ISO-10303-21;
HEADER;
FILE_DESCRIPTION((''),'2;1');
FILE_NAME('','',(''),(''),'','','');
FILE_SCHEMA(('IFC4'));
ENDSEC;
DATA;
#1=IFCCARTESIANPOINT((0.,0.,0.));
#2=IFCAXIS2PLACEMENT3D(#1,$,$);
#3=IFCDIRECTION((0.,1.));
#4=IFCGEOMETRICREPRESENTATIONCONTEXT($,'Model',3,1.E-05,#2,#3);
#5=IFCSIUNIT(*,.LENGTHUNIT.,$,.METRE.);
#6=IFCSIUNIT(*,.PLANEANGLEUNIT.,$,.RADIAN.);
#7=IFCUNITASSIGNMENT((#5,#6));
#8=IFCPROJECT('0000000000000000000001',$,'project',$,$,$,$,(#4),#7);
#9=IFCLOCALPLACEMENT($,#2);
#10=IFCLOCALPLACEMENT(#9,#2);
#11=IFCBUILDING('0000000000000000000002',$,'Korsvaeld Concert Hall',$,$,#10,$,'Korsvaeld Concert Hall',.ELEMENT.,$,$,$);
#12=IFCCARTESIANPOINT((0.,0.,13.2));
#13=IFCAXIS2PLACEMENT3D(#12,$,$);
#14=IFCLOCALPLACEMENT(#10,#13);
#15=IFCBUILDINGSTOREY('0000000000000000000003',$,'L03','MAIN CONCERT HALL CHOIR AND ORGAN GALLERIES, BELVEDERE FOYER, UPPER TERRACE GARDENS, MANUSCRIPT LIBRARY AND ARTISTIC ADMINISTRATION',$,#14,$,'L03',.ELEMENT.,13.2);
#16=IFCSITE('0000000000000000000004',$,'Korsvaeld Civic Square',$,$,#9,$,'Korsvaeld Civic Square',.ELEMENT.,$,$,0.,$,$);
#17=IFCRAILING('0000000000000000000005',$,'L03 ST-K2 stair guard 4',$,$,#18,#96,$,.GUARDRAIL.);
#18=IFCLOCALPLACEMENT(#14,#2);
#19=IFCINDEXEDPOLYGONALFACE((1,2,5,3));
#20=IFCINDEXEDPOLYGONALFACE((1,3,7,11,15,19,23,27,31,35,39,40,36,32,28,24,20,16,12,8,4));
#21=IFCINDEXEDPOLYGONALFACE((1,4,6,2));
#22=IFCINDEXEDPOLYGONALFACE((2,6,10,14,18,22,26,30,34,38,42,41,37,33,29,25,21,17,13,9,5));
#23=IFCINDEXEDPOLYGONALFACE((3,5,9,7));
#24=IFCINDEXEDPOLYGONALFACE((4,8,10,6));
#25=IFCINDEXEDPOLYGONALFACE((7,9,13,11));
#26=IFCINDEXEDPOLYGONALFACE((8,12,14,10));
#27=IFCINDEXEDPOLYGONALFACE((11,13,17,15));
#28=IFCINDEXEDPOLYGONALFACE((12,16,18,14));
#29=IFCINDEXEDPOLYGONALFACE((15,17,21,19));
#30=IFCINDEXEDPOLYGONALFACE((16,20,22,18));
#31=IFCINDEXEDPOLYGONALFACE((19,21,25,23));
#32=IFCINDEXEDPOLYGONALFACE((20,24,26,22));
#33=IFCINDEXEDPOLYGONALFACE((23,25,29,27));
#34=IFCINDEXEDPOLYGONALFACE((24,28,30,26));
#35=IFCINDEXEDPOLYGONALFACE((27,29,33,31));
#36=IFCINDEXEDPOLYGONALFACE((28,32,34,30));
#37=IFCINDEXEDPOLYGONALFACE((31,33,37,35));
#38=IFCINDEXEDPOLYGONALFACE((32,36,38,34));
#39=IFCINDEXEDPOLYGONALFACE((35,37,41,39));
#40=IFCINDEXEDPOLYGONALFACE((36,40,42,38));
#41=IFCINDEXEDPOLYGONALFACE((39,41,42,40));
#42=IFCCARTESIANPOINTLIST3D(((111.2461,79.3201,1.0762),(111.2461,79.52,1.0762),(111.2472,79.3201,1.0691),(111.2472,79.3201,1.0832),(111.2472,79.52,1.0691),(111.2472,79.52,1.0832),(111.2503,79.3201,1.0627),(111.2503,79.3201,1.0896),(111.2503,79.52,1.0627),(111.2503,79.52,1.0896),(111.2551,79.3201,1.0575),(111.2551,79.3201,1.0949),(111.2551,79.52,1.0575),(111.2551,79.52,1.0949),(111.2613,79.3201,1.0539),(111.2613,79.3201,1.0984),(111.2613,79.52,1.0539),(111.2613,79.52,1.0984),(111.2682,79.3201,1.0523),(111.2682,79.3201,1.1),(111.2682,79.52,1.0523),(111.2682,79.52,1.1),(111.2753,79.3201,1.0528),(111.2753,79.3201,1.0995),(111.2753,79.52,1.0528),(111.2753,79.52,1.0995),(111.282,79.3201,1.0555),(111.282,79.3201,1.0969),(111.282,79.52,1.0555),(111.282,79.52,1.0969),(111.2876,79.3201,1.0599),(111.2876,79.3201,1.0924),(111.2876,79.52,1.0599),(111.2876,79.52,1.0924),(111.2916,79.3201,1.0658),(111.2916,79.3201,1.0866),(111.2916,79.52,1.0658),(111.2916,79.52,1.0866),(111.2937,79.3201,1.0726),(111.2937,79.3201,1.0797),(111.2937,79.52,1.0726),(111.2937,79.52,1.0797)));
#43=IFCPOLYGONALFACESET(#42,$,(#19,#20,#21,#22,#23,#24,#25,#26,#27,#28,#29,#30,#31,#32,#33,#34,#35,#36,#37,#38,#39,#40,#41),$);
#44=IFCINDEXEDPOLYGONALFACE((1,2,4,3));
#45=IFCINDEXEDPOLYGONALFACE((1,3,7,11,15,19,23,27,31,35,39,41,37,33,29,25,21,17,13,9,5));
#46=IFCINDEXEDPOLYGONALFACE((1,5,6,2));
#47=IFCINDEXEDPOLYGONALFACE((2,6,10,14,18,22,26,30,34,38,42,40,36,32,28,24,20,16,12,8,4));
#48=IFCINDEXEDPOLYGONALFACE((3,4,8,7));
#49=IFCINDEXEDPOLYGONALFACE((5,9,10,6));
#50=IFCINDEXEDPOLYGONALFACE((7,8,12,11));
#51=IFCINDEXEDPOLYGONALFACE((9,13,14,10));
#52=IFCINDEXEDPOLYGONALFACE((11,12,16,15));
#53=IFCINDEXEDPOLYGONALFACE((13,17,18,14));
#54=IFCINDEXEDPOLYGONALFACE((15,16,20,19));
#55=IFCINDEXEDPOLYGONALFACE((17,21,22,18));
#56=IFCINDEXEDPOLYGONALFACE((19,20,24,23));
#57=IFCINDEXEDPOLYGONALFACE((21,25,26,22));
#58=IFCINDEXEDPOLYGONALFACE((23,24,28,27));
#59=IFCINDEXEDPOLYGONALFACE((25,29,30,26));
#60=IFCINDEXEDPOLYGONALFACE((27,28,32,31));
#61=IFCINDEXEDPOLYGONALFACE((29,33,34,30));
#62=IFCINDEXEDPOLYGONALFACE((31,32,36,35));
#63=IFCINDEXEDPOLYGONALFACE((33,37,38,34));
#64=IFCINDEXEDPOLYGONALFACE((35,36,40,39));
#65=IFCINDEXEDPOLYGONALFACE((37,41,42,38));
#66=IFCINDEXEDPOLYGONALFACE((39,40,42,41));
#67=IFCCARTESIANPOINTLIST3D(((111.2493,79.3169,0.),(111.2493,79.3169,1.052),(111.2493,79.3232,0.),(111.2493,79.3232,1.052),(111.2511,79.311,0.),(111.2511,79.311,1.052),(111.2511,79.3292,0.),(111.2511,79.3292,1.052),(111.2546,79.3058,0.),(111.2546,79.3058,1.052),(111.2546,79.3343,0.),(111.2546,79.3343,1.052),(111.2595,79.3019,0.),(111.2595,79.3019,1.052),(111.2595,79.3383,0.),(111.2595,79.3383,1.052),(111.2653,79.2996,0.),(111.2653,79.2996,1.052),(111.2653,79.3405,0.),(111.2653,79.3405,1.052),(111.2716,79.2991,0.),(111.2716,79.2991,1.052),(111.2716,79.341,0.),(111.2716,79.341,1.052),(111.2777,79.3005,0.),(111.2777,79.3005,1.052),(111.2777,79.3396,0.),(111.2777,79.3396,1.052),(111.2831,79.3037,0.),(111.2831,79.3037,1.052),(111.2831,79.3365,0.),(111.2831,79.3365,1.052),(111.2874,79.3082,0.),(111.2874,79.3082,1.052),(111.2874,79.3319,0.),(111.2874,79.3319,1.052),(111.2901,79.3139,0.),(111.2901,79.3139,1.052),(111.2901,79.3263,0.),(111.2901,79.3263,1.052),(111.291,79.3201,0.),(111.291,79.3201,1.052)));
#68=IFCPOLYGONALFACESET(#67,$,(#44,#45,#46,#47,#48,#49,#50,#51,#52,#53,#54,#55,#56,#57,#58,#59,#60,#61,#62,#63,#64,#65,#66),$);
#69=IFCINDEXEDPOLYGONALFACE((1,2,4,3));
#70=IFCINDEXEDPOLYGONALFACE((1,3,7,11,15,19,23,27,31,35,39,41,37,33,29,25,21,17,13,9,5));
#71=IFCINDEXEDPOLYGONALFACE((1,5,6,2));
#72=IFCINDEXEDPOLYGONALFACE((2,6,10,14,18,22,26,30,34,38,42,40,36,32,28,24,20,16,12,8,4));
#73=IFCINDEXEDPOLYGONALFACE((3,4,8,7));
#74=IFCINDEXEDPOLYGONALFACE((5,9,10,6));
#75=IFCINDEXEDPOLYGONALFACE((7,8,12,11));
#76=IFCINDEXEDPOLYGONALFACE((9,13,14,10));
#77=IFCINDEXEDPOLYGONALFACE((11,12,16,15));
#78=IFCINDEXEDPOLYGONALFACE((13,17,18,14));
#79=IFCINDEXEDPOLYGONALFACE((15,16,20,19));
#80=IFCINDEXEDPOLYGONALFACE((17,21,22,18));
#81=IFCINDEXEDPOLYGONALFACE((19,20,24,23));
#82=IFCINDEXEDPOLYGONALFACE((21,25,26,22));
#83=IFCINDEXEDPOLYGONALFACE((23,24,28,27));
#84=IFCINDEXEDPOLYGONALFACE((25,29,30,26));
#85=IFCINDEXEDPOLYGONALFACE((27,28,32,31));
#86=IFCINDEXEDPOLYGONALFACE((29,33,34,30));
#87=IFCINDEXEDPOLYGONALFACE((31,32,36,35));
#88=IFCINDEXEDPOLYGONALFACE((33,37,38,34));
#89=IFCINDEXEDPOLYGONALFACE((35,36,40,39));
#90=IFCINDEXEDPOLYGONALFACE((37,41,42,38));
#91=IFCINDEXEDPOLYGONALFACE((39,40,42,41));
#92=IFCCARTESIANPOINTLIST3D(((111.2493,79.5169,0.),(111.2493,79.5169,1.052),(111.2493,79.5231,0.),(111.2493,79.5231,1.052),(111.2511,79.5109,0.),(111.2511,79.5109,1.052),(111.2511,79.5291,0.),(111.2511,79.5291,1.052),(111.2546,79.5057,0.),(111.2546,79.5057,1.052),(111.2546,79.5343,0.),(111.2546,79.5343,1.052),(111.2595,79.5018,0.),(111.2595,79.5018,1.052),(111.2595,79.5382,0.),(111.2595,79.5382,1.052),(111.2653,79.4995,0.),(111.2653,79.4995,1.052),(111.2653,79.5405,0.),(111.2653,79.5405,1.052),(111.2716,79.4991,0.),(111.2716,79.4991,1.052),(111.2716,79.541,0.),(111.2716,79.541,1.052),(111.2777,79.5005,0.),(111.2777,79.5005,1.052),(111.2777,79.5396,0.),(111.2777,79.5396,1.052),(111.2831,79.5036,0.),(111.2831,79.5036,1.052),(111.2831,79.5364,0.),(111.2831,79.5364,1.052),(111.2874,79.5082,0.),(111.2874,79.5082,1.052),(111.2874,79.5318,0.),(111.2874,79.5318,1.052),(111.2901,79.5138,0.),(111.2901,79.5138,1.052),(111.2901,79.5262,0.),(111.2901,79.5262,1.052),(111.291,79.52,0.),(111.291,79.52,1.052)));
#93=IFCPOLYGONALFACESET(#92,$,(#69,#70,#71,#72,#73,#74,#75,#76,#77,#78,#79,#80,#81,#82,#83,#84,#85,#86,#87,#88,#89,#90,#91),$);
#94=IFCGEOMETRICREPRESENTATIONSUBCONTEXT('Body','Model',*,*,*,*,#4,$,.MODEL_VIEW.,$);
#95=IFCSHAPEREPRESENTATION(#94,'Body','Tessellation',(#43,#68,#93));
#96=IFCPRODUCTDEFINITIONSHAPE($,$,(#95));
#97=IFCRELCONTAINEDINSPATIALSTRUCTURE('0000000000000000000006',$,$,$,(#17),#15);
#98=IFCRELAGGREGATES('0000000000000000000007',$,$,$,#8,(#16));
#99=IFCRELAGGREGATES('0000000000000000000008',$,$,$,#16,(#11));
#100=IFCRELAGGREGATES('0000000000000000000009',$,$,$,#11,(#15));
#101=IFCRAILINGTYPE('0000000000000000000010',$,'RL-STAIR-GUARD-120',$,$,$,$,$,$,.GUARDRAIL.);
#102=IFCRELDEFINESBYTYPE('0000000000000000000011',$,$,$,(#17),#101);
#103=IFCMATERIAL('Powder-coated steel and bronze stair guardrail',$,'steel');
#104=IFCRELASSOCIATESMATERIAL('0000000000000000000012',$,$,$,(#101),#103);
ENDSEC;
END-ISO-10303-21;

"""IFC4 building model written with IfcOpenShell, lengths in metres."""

from ifc_helpers import new_model, si_unit, direction, frame, origin, origin_2d, place, context, subcontext, project, spatial, circle, extrude, material, type_object, element, save


model = new_model("IFC4")

# Units and contexts
model_context = context("Model", 3, precision=1e-05, world=origin(), true_north=direction((0.0, 1.0)))
body_context = subcontext(model_context, "Body", "Model", "MODEL_VIEW")
ifc_project = project(units=[si_unit("LENGTHUNIT", "METRE"), si_unit("PLANEANGLEUNIT", "RADIAN")], contexts=[model_context])

# Site, building, storey
site_placement = place(None, origin())
site = spatial("IfcSite", under=ifc_project, at=site_placement, Name="Korsvaeld Civic Square", LongName="Korsvaeld Civic Square", CompositionType="ELEMENT", RefElevation=0.0)
building_placement = place(site_placement, origin())
building = spatial("IfcBuilding", under=site, at=building_placement, Name="Korsvaeld Concert Hall", LongName="Korsvaeld Concert Hall", CompositionType="ELEMENT")
storey_placement = place(building_placement, frame((0.0, 0.0, 13.2)))
storey = spatial("IfcBuildingStorey", under=building, at=storey_placement, Name="L03", Description="MAIN CONCERT HALL CHOIR AND ORGAN GALLERIES, BELVEDERE FOYER, UPPER TERRACE GARDENS, MANUSCRIPT LIBRARY AND ARTISTIC ADMINISTRATION", LongName="L03", CompositionType="ELEMENT", Elevation=13.2)

# Railing
ifc_material_1 = material(Name="Powder-coated steel and bronze stair guardrail", Category="steel")
railing_type_1 = type_object("IfcRailingType", Name="RL-STAIR-GUARD-120", PredefinedType="GUARDRAIL", material=ifc_material_1)
railing_1_placement = place(storey_placement, frame((111.27, 79.3201, 0.0)))
element("IfcRailing", 1, at=railing_1_placement, inside=storey, type_object=railing_type_1, Name="L03 ST-K2 stair guard 4", PredefinedType="GUARDRAIL", context=body_context, shape_type="SweptSolid", body=[
    extrude(circle(Radius=0.0239, at=origin_2d()), frame((0.0, 0.0, 1.0762), z_axis=(0.0, 1.0, 0.0), x_axis=(-1.0, 0.0, 0.0)), (0.0, 0.0, 1.0), 0.2),
    extrude(circle(Radius=0.021, at=origin_2d()), origin(), (0.0, 0.0, 1.0), 1.052),
    extrude(circle(Radius=0.021, at=origin_2d()), frame((0.0, 0.2, 0.0)), (0.0, 0.0, 1.0), 1.052),
])

save(model, "model.ifc")
